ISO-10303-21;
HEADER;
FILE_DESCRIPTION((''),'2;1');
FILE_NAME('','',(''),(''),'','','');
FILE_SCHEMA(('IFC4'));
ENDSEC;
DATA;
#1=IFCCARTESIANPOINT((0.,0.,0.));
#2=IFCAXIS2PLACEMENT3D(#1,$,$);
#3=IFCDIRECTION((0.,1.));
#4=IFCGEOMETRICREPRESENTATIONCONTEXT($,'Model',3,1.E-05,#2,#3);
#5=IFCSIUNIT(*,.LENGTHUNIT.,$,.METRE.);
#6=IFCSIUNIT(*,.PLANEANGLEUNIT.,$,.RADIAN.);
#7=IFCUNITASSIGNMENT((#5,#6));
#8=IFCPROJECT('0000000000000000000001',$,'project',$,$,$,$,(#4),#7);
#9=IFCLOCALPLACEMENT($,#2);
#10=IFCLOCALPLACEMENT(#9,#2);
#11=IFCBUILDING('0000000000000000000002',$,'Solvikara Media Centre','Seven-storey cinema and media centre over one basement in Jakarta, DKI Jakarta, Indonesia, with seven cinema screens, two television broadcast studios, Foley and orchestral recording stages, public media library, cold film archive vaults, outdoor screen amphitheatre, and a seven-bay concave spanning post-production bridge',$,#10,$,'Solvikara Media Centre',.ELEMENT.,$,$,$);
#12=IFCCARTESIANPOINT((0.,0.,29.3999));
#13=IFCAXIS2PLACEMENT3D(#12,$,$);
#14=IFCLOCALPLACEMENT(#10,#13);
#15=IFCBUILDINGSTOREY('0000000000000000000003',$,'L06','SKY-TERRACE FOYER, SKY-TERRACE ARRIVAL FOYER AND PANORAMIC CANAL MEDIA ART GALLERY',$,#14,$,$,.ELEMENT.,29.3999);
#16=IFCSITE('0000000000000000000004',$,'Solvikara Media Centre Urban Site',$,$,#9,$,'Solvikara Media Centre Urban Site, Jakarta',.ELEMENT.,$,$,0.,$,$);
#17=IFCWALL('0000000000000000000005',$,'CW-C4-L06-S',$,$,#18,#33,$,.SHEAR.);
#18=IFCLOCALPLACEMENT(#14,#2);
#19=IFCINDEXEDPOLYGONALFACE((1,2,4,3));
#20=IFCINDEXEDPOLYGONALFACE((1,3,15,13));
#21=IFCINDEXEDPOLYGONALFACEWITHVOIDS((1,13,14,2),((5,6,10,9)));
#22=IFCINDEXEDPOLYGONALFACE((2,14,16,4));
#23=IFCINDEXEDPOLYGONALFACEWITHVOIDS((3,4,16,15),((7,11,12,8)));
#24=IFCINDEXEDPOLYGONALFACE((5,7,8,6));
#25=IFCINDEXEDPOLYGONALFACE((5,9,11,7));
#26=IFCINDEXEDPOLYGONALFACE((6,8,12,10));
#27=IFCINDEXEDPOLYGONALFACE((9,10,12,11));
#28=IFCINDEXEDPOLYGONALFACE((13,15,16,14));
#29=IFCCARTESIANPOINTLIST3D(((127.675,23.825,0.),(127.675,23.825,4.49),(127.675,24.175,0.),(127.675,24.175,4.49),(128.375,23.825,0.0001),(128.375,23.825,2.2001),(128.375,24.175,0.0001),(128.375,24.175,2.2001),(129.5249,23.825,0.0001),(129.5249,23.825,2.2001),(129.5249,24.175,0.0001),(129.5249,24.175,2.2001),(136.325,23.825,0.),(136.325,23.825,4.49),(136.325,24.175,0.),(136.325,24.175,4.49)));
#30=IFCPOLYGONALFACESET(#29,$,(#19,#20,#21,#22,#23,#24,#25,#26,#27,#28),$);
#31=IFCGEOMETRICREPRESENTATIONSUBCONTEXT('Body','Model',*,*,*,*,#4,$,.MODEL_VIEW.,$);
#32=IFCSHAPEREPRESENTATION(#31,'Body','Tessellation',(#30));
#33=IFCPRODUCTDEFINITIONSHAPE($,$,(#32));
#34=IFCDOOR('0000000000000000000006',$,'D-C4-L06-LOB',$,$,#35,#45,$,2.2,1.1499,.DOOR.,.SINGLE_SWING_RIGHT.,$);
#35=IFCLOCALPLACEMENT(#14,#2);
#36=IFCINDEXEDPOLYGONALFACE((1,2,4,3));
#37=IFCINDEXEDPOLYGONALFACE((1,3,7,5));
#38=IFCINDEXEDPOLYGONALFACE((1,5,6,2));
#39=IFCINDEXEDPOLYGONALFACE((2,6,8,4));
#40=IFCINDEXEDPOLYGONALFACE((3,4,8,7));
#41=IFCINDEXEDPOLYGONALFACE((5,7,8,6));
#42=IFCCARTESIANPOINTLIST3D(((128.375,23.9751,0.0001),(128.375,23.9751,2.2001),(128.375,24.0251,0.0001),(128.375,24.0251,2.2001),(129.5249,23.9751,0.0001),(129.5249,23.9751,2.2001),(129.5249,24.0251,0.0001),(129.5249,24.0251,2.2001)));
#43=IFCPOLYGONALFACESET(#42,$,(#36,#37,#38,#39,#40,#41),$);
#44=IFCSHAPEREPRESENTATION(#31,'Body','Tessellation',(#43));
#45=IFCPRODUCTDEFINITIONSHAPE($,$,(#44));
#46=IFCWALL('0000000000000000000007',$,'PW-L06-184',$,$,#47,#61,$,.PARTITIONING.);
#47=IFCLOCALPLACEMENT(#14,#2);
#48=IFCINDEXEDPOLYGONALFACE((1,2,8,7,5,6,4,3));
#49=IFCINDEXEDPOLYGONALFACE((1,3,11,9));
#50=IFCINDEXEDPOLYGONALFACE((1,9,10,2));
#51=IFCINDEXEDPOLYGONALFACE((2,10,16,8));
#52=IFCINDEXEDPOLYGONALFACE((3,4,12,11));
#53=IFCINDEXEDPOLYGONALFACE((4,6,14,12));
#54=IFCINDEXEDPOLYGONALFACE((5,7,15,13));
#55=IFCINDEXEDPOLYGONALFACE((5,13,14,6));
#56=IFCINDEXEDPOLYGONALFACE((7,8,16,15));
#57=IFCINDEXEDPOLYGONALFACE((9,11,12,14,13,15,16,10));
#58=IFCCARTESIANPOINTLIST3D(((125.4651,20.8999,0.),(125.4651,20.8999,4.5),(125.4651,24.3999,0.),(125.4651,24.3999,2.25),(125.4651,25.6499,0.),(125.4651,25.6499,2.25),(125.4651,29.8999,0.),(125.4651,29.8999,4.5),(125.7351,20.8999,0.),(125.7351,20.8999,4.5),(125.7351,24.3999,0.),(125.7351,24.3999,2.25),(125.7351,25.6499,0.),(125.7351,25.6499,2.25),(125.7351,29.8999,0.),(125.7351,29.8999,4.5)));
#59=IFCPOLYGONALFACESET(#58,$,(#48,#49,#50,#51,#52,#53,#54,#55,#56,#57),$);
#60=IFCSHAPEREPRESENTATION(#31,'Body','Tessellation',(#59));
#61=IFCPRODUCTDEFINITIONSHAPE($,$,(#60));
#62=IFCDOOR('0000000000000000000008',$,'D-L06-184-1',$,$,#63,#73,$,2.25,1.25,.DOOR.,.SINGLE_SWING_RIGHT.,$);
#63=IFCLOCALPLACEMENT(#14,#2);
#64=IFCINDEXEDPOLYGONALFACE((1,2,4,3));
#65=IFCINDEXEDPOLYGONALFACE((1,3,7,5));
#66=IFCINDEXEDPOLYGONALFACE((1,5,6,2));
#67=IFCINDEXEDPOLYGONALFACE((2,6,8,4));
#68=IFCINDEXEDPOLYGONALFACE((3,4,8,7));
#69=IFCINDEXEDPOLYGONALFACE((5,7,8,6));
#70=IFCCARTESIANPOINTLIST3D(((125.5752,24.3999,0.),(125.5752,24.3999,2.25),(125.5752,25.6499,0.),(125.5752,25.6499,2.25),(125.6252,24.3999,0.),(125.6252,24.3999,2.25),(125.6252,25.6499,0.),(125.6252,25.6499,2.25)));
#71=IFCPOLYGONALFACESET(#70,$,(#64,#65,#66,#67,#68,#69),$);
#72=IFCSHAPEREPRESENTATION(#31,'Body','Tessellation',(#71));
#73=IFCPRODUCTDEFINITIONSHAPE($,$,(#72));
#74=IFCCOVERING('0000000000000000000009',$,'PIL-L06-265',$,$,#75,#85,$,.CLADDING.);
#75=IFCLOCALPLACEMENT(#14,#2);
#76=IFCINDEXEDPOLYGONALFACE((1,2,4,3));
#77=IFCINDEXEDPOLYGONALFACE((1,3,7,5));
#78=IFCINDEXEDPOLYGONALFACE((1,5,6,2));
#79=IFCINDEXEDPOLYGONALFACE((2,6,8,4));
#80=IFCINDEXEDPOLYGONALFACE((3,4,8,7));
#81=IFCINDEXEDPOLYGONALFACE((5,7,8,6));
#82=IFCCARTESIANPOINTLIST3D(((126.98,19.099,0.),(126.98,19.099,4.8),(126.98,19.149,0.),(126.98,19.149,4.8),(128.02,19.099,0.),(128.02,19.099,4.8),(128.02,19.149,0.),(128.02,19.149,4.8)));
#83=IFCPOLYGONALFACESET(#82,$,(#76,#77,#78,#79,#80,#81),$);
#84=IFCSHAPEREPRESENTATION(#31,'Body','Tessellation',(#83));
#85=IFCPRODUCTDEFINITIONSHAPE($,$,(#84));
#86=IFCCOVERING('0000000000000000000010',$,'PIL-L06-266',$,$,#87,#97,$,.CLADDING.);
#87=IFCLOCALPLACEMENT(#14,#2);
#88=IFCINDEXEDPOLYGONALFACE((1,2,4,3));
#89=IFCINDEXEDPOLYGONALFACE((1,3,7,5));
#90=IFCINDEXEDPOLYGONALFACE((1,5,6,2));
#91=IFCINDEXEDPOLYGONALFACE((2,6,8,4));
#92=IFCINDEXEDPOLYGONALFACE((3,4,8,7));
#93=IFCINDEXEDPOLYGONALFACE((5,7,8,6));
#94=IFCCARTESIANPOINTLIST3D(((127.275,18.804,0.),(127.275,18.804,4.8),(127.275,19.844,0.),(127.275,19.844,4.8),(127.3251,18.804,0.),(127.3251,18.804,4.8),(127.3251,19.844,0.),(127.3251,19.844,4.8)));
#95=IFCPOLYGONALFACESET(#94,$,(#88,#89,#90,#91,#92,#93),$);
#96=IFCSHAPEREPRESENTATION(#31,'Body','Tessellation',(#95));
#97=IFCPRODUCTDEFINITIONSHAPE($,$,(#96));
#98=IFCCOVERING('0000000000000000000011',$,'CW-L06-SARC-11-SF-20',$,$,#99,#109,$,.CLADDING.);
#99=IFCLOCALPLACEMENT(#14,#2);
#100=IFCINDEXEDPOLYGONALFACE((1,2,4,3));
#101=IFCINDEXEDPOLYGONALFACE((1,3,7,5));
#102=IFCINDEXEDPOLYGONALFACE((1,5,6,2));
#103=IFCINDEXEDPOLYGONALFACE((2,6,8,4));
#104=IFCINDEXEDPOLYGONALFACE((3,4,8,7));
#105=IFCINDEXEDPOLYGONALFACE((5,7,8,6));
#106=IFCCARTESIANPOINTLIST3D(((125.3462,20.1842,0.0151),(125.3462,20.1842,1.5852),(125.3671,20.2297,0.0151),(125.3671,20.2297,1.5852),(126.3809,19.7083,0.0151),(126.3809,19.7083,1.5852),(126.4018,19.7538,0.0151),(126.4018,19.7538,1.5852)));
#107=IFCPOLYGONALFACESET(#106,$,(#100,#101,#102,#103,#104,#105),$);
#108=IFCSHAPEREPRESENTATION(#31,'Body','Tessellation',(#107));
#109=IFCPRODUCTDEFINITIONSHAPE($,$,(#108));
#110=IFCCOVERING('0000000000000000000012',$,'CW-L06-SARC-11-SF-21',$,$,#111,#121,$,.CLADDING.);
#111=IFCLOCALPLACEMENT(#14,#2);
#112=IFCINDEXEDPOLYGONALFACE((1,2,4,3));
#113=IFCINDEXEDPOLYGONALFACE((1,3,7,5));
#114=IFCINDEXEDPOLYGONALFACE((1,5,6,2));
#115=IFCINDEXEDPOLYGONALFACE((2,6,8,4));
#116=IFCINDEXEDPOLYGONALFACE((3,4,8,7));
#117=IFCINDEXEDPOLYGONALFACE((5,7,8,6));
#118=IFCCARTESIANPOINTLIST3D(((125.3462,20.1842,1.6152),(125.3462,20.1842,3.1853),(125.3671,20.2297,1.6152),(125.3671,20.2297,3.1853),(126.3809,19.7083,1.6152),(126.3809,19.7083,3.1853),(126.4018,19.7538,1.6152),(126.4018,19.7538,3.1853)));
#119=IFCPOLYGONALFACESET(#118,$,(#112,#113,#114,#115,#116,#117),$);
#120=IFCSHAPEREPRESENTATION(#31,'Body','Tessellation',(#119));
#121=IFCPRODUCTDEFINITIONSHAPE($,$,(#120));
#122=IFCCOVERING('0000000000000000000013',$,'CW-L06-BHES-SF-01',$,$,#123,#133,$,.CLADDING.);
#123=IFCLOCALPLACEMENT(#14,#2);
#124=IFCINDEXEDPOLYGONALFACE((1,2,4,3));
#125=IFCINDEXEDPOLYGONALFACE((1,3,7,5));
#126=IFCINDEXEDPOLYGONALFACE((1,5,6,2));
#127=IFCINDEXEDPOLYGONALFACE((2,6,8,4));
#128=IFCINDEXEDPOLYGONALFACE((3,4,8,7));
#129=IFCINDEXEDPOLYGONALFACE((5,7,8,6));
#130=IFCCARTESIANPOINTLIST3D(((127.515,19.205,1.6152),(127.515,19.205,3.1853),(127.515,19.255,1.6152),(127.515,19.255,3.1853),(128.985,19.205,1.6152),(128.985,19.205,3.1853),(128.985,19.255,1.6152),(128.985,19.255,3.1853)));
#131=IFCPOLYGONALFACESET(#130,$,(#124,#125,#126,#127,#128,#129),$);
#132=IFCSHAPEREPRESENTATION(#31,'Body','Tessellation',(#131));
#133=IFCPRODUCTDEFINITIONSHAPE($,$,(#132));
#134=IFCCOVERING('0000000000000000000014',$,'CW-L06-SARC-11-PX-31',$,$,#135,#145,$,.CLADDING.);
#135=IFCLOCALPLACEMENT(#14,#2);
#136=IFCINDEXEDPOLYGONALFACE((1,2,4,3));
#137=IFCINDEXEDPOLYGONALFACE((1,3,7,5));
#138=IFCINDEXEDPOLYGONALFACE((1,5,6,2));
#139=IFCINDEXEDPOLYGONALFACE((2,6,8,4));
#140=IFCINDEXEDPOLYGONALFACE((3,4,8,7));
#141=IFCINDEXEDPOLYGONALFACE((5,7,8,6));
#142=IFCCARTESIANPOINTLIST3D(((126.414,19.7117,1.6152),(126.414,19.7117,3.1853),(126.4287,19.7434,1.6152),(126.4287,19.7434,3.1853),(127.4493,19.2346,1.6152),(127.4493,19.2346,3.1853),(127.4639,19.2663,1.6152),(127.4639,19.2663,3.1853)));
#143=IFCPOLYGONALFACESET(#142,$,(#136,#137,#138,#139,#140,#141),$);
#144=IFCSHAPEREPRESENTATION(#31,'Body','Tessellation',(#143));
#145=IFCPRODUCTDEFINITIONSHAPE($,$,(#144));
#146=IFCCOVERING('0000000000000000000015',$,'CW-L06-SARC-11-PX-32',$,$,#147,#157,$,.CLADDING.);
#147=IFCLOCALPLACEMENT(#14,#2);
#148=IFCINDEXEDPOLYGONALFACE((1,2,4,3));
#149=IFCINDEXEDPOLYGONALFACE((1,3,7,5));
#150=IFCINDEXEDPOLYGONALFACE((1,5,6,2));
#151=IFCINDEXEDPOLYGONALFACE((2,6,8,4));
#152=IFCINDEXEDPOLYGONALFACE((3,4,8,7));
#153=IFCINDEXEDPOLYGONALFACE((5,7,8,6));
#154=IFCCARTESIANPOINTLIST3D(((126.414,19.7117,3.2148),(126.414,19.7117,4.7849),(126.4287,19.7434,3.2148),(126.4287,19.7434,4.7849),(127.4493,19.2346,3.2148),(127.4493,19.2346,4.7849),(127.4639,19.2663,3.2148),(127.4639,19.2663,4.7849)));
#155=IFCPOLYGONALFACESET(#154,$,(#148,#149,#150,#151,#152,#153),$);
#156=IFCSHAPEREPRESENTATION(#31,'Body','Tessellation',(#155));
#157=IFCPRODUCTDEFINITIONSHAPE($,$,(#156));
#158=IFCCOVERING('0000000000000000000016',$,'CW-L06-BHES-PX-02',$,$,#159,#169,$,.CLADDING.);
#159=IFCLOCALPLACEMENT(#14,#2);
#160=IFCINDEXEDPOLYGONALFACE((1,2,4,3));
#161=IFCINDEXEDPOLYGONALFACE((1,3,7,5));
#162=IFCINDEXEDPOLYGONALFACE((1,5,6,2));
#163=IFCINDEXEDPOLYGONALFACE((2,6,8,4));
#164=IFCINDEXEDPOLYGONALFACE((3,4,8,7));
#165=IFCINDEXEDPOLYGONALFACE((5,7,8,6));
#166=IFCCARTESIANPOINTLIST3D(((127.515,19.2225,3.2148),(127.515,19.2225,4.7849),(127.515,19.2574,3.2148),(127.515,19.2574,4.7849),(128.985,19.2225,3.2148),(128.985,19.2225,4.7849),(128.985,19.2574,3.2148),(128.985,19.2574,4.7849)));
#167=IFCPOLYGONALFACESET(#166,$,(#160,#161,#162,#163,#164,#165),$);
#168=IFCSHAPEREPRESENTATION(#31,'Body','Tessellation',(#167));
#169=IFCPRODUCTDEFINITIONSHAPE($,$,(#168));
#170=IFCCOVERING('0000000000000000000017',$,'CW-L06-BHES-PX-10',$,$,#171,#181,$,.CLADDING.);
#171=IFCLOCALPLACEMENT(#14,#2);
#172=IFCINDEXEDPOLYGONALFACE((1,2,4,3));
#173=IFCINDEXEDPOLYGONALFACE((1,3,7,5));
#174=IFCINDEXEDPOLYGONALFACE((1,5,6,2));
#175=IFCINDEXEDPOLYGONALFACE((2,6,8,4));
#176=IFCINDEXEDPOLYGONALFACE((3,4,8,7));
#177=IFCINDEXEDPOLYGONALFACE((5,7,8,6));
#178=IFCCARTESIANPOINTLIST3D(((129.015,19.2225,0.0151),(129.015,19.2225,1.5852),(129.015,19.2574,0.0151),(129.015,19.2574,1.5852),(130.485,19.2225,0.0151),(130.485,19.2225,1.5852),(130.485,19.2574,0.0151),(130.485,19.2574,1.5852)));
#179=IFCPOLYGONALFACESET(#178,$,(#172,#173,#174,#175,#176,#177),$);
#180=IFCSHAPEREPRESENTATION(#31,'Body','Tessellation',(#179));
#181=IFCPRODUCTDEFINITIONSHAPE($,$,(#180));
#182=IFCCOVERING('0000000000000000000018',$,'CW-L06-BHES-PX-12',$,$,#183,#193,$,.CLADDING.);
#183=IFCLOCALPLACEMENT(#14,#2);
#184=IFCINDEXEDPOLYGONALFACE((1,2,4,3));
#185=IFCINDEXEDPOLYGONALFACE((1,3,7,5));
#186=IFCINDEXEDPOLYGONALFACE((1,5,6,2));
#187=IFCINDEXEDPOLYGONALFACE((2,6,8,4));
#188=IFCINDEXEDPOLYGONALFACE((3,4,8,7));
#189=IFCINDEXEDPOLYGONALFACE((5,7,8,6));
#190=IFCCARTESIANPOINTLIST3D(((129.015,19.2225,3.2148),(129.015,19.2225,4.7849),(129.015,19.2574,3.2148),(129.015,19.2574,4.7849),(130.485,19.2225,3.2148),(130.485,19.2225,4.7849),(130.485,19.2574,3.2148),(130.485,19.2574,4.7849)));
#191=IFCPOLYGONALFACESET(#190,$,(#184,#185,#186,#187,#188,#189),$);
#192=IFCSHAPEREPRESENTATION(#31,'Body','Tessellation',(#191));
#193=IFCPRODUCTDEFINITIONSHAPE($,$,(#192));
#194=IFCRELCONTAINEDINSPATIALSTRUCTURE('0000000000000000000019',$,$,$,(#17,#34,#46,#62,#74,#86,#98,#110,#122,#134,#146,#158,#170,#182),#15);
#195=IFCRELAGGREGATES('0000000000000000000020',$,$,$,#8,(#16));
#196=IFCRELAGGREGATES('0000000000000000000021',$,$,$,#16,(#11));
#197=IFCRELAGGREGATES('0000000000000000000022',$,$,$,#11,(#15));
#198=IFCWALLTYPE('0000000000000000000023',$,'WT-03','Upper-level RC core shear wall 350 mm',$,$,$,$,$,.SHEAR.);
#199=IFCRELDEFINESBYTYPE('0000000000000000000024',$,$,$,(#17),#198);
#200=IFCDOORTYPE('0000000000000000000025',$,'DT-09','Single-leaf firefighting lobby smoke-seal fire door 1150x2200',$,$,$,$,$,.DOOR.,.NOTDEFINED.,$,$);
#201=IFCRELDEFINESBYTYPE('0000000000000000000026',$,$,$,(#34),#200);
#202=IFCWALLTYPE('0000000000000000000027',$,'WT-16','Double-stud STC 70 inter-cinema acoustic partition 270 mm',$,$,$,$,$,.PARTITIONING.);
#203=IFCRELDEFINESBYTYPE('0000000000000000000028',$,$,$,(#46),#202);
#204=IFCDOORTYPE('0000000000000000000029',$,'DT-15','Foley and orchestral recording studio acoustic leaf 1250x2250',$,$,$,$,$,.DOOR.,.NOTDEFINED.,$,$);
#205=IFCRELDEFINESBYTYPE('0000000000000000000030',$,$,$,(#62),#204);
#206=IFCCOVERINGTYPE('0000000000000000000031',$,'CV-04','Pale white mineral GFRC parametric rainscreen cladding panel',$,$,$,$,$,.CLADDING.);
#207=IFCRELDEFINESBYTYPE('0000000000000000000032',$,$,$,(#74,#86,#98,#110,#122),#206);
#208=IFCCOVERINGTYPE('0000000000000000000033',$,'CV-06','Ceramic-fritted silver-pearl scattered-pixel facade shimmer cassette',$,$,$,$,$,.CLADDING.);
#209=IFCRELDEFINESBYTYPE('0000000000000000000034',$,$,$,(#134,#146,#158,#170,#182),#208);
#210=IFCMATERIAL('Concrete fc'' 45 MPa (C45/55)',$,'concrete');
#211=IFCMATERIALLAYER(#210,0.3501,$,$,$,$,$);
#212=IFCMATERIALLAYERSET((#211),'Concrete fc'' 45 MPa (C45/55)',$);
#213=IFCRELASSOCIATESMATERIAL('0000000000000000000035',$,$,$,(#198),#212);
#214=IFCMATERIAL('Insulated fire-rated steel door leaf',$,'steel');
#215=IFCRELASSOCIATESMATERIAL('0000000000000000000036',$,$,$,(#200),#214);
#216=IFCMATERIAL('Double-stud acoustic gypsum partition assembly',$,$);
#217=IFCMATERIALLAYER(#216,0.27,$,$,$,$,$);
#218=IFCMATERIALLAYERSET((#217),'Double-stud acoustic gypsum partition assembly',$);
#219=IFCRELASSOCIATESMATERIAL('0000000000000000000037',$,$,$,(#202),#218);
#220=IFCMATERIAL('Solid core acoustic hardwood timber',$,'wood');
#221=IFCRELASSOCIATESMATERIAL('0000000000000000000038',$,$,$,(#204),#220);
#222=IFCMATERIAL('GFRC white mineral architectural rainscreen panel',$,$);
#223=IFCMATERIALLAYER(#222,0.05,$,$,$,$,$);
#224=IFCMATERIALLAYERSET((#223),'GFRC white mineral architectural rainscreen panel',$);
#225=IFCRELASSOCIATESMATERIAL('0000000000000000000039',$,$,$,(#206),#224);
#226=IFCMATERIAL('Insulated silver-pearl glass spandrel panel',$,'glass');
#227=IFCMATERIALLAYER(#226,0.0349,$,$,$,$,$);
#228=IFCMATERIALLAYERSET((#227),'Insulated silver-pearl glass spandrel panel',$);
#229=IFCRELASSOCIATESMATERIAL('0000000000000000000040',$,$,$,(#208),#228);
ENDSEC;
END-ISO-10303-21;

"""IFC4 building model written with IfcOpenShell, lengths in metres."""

from ifc_helpers import new_model, si_unit, direction, frame, frame_2d, origin, origin_2d, place, context, subcontext, project, spatial, rectangle, extrude, material, layer, layer_set, type_object, element, fill, save


model = new_model("IFC4")

# Units and contexts
model_context = context("Model", 3, precision=1e-05, world=origin(), true_north=direction((0.0, 1.0)))
body_context = subcontext(model_context, "Body", "Model", "MODEL_VIEW")
ifc_project = project(units=[si_unit("LENGTHUNIT", "METRE"), si_unit("PLANEANGLEUNIT", "RADIAN")], contexts=[model_context])

# Site, building, storey
site_placement = place(None, origin())
site = spatial("IfcSite", under=ifc_project, at=site_placement, Name="Solvikara Media Centre Urban Site", LongName="Solvikara Media Centre Urban Site, Jakarta", CompositionType="ELEMENT", RefElevation=0.0)
building_placement = place(site_placement, origin())
building = spatial("IfcBuilding", under=site, at=building_placement, Name="Solvikara Media Centre", Description="Seven-storey cinema and media centre over one basement in Jakarta, DKI Jakarta, Indonesia, with seven cinema screens, two television broadcast studios, Foley and orchestral recording stages, public media library, cold film archive vaults, outdoor screen amphitheatre, and a seven-bay concave spanning post-production bridge", LongName="Solvikara Media Centre", CompositionType="ELEMENT")
storey_placement = place(building_placement, frame((0.0, 0.0, 29.3999)))
storey = spatial("IfcBuildingStorey", under=building, at=storey_placement, Name="L06", Description="SKY-TERRACE FOYER, SKY-TERRACE ARRIVAL FOYER AND PANORAMIC CANAL MEDIA ART GALLERY", CompositionType="ELEMENT", Elevation=29.3999)

# Shared definitions
ifc_material_1 = material(Name="Insulated silver-pearl glass spandrel panel", Category="glass")

# Shared definitions
ifc_material_2 = material(Name="Concrete fc' 45 MPa (C45/55)", Category="concrete")
ifc_layer_1 = layer(ifc_material_2, 0.3501)
ifc_layer_set_1 = layer_set([ifc_layer_1], Name="Concrete fc' 45 MPa (C45/55)")
wall_type_1 = type_object("IfcWallType", Name="WT-03", Description="Upper-level RC core shear wall 350 mm", PredefinedType="SHEAR", material=ifc_layer_set_1)

# Walls, openings, doors
wall_1_placement = place(storey_placement, frame((127.675, 24.0, 0.0), z_axis=(0.0, 0.0, 1.0), x_axis=(1.0, 0.0, 0.0)))
wall_1 = element("IfcWall", 1, at=wall_1_placement, inside=storey, type_object=wall_type_1, Name="CW-C4-L06-S", PredefinedType="SHEAR", context=body_context, shape_type="SweptSolid", body=[
    extrude(rectangle(XDim=8.6499, YDim=0.3501, at=frame_2d((4.325, 0.0))), origin(), (0.0, 0.0, 1.0), 4.49),
])
opening_1_placement = place(wall_1_placement, frame((0.7, 0.0, 0.0)))
opening_1 = element("IfcOpeningElement", 2, at=opening_1_placement, cuts=wall_1, PredefinedType="OPENING", context=body_context, shape_type="SweptSolid", body=[
    extrude(rectangle(XDim=1.1499, YDim=2.2, at=frame_2d((0.575, 1.1001))), frame((0.0, 0.187, 0.0), z_axis=(0.0, -1.0, 0.0), x_axis=(1.0, 0.0, 0.0)), (0.0, 0.0, 1.0), 0.374),
])
ifc_material_3 = material(Name="Insulated fire-rated steel door leaf", Category="steel")
door_type_1 = type_object("IfcDoorType", Name="DT-09", Description="Single-leaf firefighting lobby smoke-seal fire door 1150x2200", OperationType="NOTDEFINED", PredefinedType="DOOR", material=ifc_material_3)
door_1_placement = place(opening_1_placement, frame((1.1499, 0.0, 0.0), z_axis=(0.0, 0.0, 1.0), x_axis=(-1.0, 0.0, 0.0)))
door_1 = element("IfcDoor", 3, at=door_1_placement, inside=storey, type_object=door_type_1, Name="D-C4-L06-LOB", OperationType="SINGLE_SWING_RIGHT", OverallHeight=2.2, OverallWidth=1.1499, PredefinedType="DOOR", context=body_context, shape_type="SweptSolid", body=[
    extrude(rectangle(XDim=1.1499, YDim=2.2, at=frame_2d((0.575, 1.1001))), frame((0.0, 0.0249, 0.0), z_axis=(0.0, -1.0, 0.0), x_axis=(1.0, 0.0, 0.0)), (0.0, 0.0, 1.0), 0.05),
])
fill(opening_1, door_1)
ifc_material_4 = material(Name="Double-stud acoustic gypsum partition assembly")
ifc_layer_2 = layer(ifc_material_4, 0.27)
ifc_layer_set_2 = layer_set([ifc_layer_2], Name="Double-stud acoustic gypsum partition assembly")
wall_type_2 = type_object("IfcWallType", Name="WT-16", Description="Double-stud STC 70 inter-cinema acoustic partition 270 mm", PredefinedType="PARTITIONING", material=ifc_layer_set_2)
wall_2_placement = place(storey_placement, frame((125.6001, 20.8999, 0.0), z_axis=(0.0, 0.0, 1.0), x_axis=(0.0, 1.0, 0.0)))
wall_2 = element("IfcWall", 4, at=wall_2_placement, inside=storey, type_object=wall_type_2, Name="PW-L06-184", PredefinedType="PARTITIONING", context=body_context, shape_type="SweptSolid", body=[
    extrude(rectangle(XDim=9.0, YDim=0.27, at=frame_2d((4.5, 0.0))), origin(), (0.0, 0.0, 1.0), 4.5),
])
opening_2_placement = place(wall_2_placement, frame((3.5, 0.0, 0.0)))
opening_2 = element("IfcOpeningElement", 5, at=opening_2_placement, cuts=wall_2, PredefinedType="OPENING", context=body_context, shape_type="SweptSolid", body=[
    extrude(rectangle(XDim=1.25, YDim=2.25, at=frame_2d((0.625, 1.125))), frame((0.0, 0.147, 0.0), z_axis=(0.0, -1.0, 0.0), x_axis=(1.0, 0.0, 0.0)), (0.0, 0.0, 1.0), 0.2939),
])
ifc_material_5 = material(Name="Solid core acoustic hardwood timber", Category="wood")
door_type_2 = type_object("IfcDoorType", Name="DT-15", Description="Foley and orchestral recording studio acoustic leaf 1250x2250", OperationType="NOTDEFINED", PredefinedType="DOOR", material=ifc_material_5)
door_2_placement = place(opening_2_placement, origin())
door_2 = element("IfcDoor", 6, at=door_2_placement, inside=storey, type_object=door_type_2, Name="D-L06-184-1", OperationType="SINGLE_SWING_RIGHT", OverallHeight=2.25, OverallWidth=1.25, PredefinedType="DOOR", context=body_context, shape_type="SweptSolid", body=[
    extrude(rectangle(XDim=1.25, YDim=2.25, at=frame_2d((0.625, 1.125))), frame((0.0, 0.0249, 0.0), z_axis=(0.0, -1.0, 0.0), x_axis=(1.0, 0.0, 0.0)), (0.0, 0.0, 1.0), 0.05),
])
fill(opening_2, door_2)

# Coverings
ifc_material_6 = material(Name="GFRC white mineral architectural rainscreen panel")
ifc_layer_3 = layer(ifc_material_6, 0.05)
ifc_layer_set_3 = layer_set([ifc_layer_3], Name="GFRC white mineral architectural rainscreen panel")
covering_type_1 = type_object("IfcCoveringType", Name="CV-04", Description="Pale white mineral GFRC parametric rainscreen cladding panel", PredefinedType="CLADDING", material=ifc_layer_set_3)
for number, where, z_axis, x_axis, name in (
    (7, (127.5, 19.124, 0.0), (0.0, 0.0, 1.0), (1.0, 0.0, 0.0), "PIL-L06-265"),
    (8, (127.3, 19.324, 0.0), (0.0, 0.0, 1.0), (0.0, -1.0, 0.0), "PIL-L06-266"),
):
    element("IfcCovering", number, at=place(storey_placement, frame(where, z_axis=z_axis, x_axis=x_axis)), inside=storey, type_object=covering_type_1, Name=name, PredefinedType="CLADDING", context=body_context, shape_type="SweptSolid", body=[
        extrude(rectangle(XDim=1.04, YDim=0.05, at=origin_2d()), origin(), (0.0, 0.0, 1.0), 4.8),
    ])
for number, where, z_axis, x_axis, name in (
    (9, (125.874, 19.969, 0.0151), (0.0, 0.0, 1.0), (0.908523, -0.417835, 0.0), "CW-L06-SARC-11-SF-20"),
    (10, (125.874, 19.969, 1.6152), (0.0, 0.0, 1.0), (0.908523, -0.417835, 0.0), "CW-L06-SARC-11-SF-21"),
):
    element("IfcCovering", number, at=place(storey_placement, frame(where, z_axis=z_axis, x_axis=x_axis)), inside=storey, type_object=covering_type_1, Name=name, PredefinedType="CLADDING", context=body_context, shape_type="SweptSolid", body=[
        extrude(rectangle(XDim=1.1389, YDim=0.05, at=origin_2d()), origin(), (0.0, 0.0, 1.0), 1.5701),
    ])
covering_placement = place(storey_placement, frame((128.25, 19.23, 1.6152), z_axis=(0.0, 0.0, 1.0), x_axis=(1.0, 0.0, 0.0)))
element("IfcCovering", 11, at=covering_placement, inside=storey, type_object=covering_type_1, Name="CW-L06-BHES-SF-01", PredefinedType="CLADDING", context=body_context, shape_type="SweptSolid", body=[
    extrude(rectangle(XDim=1.47, YDim=0.05, at=origin_2d()), origin(), (0.0, 0.0, 1.0), 1.5701),
])
ifc_layer_4 = layer(ifc_material_1, 0.0349)
ifc_layer_set_4 = layer_set([ifc_layer_4], Name="Insulated silver-pearl glass spandrel panel")
covering_type_2 = type_object("IfcCoveringType", Name="CV-06", Description="Ceramic-fritted silver-pearl scattered-pixel facade shimmer cassette", PredefinedType="CLADDING", material=ifc_layer_set_4)
for number, where, z_axis, x_axis, name in (
    (12, (126.939, 19.489, 1.6152), (0.0, 0.0, 1.0), (0.908187, -0.418565, 0.0), "CW-L06-SARC-11-PX-31"),
    (13, (126.939, 19.489, 3.2148), (0.0, 0.0, 1.0), (0.908187, -0.418565, 0.0), "CW-L06-SARC-11-PX-32"),
):
    element("IfcCovering", number, at=place(storey_placement, frame(where, z_axis=z_axis, x_axis=x_axis)), inside=storey, type_object=covering_type_2, Name=name, PredefinedType="CLADDING", context=body_context, shape_type="SweptSolid", body=[
        extrude(rectangle(XDim=1.1399, YDim=0.0349, at=origin_2d()), origin(), (0.0, 0.0, 1.0), 1.5701),
    ])
for number, where, z_axis, x_axis, name in (
    (14, (128.25, 19.24, 3.2148), (0.0, 0.0, 1.0), (1.0, 0.0, 0.0), "CW-L06-BHES-PX-02"),
    (15, (129.75, 19.24, 0.0151), (0.0, 0.0, 1.0), (1.0, 0.0, 0.0), "CW-L06-BHES-PX-10"),
    (16, (129.75, 19.24, 3.2148), (0.0, 0.0, 1.0), (1.0, 0.0, 0.0), "CW-L06-BHES-PX-12"),
):
    element("IfcCovering", number, at=place(storey_placement, frame(where, z_axis=z_axis, x_axis=x_axis)), inside=storey, type_object=covering_type_2, Name=name, PredefinedType="CLADDING", context=body_context, shape_type="SweptSolid", body=[
        extrude(rectangle(XDim=1.47, YDim=0.0349, at=origin_2d()), origin(), (0.0, 0.0, 1.0), 1.5701),
    ])

save(model, "model.ifc")
